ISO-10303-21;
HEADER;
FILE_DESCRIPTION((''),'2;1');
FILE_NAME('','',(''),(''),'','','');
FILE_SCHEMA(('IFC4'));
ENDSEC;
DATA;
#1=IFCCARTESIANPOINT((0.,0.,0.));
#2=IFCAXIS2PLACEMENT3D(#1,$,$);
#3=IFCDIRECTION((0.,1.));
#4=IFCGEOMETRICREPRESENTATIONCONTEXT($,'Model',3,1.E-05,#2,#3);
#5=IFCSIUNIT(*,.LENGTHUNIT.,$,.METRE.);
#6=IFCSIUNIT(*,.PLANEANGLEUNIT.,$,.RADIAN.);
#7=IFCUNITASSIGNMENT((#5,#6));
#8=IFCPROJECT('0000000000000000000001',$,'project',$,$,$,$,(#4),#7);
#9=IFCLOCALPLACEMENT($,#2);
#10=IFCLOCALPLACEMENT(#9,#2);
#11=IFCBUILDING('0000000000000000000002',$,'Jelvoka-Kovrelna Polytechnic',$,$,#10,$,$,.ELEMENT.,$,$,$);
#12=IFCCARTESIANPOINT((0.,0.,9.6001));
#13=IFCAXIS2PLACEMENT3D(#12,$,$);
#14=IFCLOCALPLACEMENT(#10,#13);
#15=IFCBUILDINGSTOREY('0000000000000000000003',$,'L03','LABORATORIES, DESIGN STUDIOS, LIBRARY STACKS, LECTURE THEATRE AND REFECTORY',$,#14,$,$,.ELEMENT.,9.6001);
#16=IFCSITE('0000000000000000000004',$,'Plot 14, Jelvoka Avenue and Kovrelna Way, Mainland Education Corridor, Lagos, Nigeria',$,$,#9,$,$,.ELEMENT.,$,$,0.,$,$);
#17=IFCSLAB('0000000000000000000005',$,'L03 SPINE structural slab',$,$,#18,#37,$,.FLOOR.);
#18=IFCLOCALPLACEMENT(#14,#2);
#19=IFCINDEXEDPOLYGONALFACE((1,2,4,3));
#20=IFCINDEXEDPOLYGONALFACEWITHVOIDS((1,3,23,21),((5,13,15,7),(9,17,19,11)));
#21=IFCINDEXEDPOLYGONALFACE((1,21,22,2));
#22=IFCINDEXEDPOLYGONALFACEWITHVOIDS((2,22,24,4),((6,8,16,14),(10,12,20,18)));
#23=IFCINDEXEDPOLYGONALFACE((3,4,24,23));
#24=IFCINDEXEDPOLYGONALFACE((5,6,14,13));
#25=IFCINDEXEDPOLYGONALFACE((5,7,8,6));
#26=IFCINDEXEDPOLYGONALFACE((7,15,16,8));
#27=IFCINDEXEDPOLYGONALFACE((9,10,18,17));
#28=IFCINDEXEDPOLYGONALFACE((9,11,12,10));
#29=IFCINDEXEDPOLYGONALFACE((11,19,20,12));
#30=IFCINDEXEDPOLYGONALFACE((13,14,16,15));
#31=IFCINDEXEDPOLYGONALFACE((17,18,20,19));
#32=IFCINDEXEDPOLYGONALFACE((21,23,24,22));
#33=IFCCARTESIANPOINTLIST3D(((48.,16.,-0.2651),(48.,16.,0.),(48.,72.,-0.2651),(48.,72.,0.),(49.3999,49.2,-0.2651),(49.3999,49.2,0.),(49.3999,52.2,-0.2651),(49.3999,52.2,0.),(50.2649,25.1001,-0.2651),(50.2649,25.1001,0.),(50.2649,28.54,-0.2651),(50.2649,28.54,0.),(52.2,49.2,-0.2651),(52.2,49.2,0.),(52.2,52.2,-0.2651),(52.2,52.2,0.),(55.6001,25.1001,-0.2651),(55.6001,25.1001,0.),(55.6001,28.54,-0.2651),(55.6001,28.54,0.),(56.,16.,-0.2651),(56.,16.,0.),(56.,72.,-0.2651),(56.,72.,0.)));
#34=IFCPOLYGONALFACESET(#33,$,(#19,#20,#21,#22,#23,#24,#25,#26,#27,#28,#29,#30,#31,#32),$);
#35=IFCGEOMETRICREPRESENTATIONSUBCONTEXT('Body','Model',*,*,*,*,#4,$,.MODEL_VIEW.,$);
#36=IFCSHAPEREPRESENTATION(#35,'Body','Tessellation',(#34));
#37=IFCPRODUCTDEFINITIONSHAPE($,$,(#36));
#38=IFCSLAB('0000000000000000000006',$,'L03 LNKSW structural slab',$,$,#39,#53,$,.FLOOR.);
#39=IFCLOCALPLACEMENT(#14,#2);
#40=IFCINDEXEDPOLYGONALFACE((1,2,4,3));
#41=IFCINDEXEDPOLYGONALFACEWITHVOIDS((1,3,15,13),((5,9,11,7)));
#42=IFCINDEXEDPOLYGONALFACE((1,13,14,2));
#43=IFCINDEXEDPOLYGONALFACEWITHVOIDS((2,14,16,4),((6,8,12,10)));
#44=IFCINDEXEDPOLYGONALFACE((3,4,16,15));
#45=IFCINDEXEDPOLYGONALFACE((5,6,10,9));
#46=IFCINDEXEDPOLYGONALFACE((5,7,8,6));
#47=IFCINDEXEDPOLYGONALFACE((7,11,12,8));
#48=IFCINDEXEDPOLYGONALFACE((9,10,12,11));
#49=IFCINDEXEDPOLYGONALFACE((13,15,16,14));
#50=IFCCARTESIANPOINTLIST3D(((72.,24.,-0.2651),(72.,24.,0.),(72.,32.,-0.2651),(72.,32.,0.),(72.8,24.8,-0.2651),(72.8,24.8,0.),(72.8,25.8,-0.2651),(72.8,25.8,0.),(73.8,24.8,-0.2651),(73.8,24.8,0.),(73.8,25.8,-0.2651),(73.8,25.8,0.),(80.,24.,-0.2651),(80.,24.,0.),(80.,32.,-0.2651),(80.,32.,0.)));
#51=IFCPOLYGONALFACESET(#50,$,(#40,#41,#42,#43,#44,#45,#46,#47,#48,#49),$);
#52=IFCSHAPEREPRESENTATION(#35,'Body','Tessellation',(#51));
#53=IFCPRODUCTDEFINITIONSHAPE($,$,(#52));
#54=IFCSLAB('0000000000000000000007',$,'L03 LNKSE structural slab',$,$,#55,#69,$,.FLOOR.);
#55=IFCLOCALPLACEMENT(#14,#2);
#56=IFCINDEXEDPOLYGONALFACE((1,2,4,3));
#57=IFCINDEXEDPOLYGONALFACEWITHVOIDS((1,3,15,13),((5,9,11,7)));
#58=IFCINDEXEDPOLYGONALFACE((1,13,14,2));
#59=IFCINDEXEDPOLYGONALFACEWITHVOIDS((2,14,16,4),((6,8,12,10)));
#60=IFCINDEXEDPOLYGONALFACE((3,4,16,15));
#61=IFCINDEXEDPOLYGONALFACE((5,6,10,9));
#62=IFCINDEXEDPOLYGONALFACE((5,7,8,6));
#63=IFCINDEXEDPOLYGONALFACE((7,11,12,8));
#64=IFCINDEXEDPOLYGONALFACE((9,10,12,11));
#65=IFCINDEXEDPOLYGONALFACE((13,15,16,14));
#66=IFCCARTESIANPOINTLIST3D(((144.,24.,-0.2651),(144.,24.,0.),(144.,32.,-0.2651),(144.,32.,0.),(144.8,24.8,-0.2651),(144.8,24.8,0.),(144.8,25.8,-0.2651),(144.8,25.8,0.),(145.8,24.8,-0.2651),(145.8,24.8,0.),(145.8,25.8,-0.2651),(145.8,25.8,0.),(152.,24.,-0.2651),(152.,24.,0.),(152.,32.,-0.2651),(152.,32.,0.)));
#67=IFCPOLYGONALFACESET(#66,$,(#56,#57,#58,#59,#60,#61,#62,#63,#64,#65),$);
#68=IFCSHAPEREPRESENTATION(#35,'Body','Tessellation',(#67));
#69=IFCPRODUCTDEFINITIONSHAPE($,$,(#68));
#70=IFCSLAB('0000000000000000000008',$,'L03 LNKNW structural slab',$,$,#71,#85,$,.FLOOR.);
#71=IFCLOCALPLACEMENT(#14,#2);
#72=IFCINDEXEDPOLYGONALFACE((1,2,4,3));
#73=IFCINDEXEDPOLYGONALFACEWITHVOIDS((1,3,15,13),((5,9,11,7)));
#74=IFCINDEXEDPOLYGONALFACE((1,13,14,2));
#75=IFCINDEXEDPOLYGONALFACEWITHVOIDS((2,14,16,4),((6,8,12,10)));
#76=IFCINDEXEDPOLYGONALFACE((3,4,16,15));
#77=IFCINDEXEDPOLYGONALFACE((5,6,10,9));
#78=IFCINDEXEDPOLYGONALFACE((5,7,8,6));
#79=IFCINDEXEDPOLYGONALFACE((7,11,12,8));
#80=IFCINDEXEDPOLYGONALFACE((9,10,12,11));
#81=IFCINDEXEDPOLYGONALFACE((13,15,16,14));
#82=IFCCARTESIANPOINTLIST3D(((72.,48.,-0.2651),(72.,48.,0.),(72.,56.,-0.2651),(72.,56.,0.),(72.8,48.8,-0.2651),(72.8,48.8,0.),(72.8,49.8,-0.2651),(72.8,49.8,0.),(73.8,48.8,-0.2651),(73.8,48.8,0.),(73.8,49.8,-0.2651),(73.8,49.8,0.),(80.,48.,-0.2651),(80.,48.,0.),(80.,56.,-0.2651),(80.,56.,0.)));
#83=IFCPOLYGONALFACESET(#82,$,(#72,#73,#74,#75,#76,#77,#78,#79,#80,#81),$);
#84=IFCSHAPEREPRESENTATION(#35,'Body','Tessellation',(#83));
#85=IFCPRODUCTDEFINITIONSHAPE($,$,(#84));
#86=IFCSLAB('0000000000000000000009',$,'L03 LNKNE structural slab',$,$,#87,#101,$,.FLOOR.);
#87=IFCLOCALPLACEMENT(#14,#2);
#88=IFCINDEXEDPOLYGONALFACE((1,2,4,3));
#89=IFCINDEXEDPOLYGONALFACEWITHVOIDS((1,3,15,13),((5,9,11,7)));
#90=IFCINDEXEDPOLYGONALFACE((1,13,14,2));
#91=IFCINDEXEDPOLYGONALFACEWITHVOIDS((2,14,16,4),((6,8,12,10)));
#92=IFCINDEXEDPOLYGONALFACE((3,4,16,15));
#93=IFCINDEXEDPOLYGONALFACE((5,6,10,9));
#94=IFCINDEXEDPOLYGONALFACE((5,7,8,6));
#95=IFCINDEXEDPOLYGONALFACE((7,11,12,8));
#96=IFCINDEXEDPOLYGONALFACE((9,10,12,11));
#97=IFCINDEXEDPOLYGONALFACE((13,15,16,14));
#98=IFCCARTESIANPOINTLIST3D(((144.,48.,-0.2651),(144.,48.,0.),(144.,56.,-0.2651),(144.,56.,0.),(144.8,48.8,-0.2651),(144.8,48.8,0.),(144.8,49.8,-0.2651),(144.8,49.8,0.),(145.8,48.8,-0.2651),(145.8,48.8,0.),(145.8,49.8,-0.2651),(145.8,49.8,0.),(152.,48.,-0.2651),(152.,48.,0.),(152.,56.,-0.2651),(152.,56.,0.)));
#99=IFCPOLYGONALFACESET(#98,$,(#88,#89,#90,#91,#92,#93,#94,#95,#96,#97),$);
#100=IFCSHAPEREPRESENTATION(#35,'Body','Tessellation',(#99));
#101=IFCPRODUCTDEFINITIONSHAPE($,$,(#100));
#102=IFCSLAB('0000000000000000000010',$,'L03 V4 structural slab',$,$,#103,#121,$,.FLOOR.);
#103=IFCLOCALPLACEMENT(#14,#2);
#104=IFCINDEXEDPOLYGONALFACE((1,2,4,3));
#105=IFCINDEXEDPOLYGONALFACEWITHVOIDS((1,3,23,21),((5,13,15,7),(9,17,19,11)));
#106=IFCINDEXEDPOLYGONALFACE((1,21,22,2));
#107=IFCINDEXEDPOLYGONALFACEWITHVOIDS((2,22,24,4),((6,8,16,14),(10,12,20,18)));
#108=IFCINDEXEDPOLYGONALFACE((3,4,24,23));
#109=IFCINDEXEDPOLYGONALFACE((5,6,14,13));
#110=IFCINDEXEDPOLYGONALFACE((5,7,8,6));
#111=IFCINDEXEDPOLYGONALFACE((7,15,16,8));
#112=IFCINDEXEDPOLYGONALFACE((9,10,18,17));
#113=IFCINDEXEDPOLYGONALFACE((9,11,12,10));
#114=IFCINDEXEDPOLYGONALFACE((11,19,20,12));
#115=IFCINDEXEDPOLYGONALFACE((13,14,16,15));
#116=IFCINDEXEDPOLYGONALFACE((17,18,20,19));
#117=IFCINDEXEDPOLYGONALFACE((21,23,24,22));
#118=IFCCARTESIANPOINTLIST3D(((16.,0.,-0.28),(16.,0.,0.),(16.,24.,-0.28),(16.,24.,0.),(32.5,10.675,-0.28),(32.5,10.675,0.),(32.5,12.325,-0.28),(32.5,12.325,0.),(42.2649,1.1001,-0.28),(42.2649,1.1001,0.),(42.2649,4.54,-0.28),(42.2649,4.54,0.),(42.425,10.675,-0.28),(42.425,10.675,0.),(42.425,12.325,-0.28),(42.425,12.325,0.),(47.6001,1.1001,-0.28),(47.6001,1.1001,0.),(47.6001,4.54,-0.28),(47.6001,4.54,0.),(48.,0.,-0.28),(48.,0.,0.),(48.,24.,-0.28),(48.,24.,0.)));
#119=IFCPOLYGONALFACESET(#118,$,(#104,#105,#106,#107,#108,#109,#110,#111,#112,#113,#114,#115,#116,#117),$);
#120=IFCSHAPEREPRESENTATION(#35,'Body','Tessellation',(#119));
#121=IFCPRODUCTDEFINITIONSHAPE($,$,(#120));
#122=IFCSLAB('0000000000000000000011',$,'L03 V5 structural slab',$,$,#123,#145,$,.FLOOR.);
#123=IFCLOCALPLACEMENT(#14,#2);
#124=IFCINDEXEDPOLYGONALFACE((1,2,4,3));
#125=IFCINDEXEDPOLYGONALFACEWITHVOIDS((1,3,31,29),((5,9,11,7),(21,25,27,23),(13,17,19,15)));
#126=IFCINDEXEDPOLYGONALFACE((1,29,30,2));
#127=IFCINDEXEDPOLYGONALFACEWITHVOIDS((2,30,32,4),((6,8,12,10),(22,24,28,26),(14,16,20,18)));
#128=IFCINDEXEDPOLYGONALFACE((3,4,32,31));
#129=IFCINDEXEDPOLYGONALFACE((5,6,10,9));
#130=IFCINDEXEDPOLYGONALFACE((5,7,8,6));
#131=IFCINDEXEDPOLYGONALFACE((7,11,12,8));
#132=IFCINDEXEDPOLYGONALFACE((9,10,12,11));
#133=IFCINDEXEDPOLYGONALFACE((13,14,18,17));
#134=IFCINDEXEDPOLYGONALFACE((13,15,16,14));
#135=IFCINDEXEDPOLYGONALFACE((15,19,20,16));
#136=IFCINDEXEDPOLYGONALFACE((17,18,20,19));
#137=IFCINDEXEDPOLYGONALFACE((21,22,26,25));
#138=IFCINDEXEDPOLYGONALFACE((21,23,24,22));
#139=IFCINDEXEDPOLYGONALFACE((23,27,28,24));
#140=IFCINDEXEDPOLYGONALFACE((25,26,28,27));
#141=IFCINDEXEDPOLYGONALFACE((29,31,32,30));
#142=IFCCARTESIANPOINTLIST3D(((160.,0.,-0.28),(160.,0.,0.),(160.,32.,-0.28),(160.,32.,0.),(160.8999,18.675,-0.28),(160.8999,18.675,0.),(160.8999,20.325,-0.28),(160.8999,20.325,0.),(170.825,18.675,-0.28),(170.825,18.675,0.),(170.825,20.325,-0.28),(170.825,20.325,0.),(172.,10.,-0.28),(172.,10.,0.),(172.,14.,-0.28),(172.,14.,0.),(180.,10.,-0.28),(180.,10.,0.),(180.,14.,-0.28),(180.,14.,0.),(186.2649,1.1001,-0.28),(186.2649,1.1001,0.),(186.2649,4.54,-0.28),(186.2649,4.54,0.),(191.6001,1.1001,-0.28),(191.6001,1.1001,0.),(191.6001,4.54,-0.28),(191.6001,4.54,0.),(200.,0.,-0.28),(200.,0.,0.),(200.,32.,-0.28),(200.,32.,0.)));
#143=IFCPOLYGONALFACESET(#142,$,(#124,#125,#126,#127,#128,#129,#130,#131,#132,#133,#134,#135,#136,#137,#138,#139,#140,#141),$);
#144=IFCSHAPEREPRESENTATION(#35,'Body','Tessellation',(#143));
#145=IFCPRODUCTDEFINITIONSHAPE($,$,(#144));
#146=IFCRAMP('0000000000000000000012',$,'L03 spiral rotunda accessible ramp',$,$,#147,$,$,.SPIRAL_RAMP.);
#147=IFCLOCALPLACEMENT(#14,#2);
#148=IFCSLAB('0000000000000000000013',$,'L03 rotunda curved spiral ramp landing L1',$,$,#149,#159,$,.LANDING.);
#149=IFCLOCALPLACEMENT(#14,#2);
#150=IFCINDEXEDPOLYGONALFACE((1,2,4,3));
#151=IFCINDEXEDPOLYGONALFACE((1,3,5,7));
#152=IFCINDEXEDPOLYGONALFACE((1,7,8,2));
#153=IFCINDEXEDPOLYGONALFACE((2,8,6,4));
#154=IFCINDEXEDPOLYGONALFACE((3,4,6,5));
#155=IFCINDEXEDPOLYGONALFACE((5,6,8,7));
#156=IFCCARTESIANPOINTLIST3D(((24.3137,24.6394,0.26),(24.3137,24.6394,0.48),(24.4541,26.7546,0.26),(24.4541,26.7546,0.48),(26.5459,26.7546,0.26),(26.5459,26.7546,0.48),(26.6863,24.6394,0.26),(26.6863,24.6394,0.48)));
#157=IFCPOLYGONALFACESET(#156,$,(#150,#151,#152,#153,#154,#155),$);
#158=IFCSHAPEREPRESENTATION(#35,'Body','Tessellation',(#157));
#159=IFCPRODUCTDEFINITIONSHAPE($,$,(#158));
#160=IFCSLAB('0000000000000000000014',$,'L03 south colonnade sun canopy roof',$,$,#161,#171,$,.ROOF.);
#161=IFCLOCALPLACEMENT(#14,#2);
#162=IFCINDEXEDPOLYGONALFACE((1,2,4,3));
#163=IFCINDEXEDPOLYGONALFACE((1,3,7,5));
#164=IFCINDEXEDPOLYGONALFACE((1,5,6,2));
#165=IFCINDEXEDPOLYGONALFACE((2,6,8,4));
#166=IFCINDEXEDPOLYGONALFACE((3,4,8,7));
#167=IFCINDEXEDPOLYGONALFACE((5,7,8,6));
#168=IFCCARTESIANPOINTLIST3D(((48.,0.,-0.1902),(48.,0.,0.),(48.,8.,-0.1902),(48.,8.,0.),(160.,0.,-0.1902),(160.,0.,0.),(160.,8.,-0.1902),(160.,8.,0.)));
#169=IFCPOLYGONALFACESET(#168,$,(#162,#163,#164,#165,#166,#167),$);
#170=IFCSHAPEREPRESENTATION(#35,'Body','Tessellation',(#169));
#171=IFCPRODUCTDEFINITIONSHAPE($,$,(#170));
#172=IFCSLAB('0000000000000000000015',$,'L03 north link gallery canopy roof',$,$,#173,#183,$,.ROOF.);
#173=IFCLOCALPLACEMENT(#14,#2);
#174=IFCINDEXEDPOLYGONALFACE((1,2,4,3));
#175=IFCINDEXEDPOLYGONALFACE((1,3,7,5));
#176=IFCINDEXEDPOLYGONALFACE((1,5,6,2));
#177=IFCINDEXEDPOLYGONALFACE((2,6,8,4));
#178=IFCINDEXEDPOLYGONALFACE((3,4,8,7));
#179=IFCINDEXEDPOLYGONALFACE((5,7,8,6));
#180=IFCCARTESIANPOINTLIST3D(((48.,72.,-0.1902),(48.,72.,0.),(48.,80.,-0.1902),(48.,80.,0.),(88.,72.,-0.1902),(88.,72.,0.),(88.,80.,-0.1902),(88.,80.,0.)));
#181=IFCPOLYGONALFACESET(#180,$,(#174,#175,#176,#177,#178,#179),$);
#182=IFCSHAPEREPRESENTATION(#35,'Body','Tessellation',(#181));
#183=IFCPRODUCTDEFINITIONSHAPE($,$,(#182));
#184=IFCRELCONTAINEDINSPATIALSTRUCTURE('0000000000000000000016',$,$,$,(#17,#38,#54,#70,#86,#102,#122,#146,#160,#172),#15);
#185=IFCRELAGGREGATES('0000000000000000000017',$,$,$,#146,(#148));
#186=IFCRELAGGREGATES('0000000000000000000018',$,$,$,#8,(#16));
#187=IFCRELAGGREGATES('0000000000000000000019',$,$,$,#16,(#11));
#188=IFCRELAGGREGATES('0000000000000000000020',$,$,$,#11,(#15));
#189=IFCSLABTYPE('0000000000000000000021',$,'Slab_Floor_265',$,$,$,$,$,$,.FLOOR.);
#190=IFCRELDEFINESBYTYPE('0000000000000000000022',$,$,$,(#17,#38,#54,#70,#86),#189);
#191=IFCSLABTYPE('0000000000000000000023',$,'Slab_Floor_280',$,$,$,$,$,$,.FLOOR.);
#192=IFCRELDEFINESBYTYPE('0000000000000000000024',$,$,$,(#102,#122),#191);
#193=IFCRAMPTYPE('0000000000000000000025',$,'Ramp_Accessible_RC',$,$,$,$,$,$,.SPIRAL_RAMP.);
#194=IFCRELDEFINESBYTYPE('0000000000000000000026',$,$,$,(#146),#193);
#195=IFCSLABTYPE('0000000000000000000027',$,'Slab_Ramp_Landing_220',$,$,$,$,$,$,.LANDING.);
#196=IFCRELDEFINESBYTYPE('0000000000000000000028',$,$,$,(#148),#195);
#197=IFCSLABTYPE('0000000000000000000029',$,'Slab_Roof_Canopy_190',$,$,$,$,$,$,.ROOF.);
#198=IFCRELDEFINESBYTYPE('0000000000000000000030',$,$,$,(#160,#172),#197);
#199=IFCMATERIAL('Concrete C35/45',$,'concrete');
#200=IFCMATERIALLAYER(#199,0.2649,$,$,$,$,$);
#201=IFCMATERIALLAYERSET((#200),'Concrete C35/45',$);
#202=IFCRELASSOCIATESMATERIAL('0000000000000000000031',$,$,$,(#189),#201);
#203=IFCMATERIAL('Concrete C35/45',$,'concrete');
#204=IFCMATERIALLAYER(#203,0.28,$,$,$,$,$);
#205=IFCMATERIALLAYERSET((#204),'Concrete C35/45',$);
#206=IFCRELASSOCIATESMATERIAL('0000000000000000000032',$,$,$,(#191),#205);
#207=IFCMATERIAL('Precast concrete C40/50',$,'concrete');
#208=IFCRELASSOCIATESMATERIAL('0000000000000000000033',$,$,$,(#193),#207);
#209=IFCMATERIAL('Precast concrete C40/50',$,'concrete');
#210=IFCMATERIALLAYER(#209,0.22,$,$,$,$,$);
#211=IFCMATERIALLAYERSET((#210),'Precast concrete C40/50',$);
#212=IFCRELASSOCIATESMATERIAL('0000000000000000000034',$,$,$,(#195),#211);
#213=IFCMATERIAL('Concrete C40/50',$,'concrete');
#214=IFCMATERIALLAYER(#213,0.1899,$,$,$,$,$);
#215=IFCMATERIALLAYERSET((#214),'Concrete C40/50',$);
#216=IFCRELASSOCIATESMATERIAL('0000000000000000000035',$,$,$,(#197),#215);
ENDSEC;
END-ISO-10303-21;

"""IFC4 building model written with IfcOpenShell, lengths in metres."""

from ifc_helpers import new_model, si_unit, direction, frame, origin, place, context, subcontext, project, spatial, polyline, outline, extrude, material, layer, layer_set, type_object, element, aggregate, save


model = new_model("IFC4")

# Units and contexts
model_context = context("Model", 3, precision=1e-05, world=origin(), true_north=direction((0.0, 1.0)))
body_context = subcontext(model_context, "Body", "Model", "MODEL_VIEW")
ifc_project = project(units=[si_unit("LENGTHUNIT", "METRE"), si_unit("PLANEANGLEUNIT", "RADIAN")], contexts=[model_context])

# Site, building, storey
site_placement = place(None, origin())
site = spatial("IfcSite", under=ifc_project, at=site_placement, Name="Plot 14, Jelvoka Avenue and Kovrelna Way, Mainland Education Corridor, Lagos, Nigeria", CompositionType="ELEMENT", RefElevation=0.0)
building_placement = place(site_placement, origin())
building = spatial("IfcBuilding", under=site, at=building_placement, Name="Jelvoka-Kovrelna Polytechnic", CompositionType="ELEMENT")
storey_placement = place(building_placement, frame((0.0, 0.0, 9.6001)))
storey = spatial("IfcBuildingStorey", under=building, at=storey_placement, Name="L03", Description="LABORATORIES, DESIGN STUDIOS, LIBRARY STACKS, LECTURE THEATRE AND REFECTORY", CompositionType="ELEMENT", Elevation=9.6001)

# Slabs
ifc_material_1 = material(Name="Concrete C35/45", Category="concrete")
ifc_layer_1 = layer(ifc_material_1, 0.2649)
ifc_layer_set_1 = layer_set([ifc_layer_1], Name="Concrete C35/45")
slab_type_1 = type_object("IfcSlabType", Name="Slab_Floor_265", PredefinedType="FLOOR", material=ifc_layer_set_1)
slab_1_placement = place(storey_placement, frame((0.0, 0.0, -0.2651)))
element("IfcSlab", 1, at=slab_1_placement, inside=storey, type_object=slab_type_1, Name="L03 SPINE structural slab", PredefinedType="FLOOR", context=body_context, shape_type="SweptSolid", body=[
    extrude(outline(polyline([(48.0, 16.0), (56.0, 16.0), (56.0, 72.0), (48.0, 72.0), (48.0, 16.0)]), holes=[polyline([(49.3999, 49.2), (52.2, 49.2), (52.2, 52.2), (49.3999, 52.2), (49.3999, 49.2)]), polyline([(50.2649, 25.1001), (55.6001, 25.1001), (55.6001, 28.54), (50.2649, 28.54), (50.2649, 25.1001)])]), origin(), (0.0, 0.0, 1.0), 0.2651),
])
slab_2_placement = place(storey_placement, frame((0.0, 0.0, -0.2651)))
element("IfcSlab", 2, at=slab_2_placement, inside=storey, type_object=slab_type_1, Name="L03 LNKSW structural slab", PredefinedType="FLOOR", context=body_context, shape_type="SweptSolid", body=[
    extrude(outline(polyline([(72.0, 24.0), (80.0, 24.0), (80.0, 32.0), (72.0, 32.0), (72.0, 24.0)]), holes=[polyline([(72.8, 24.8), (73.8, 24.8), (73.8, 25.8), (72.8, 25.8), (72.8, 24.8)])]), origin(), (0.0, 0.0, 1.0), 0.2651),
])
slab_3_placement = place(storey_placement, frame((0.0, 0.0, -0.2651)))
element("IfcSlab", 3, at=slab_3_placement, inside=storey, type_object=slab_type_1, Name="L03 LNKSE structural slab", PredefinedType="FLOOR", context=body_context, shape_type="SweptSolid", body=[
    extrude(outline(polyline([(144.0, 24.0), (152.0, 24.0), (152.0, 32.0), (144.0, 32.0), (144.0, 24.0)]), holes=[polyline([(144.8, 24.8), (145.8, 24.8), (145.8, 25.8), (144.8, 25.8), (144.8, 24.8)])]), origin(), (0.0, 0.0, 1.0), 0.2651),
])
slab_4_placement = place(storey_placement, frame((0.0, 0.0, -0.2651)))
element("IfcSlab", 4, at=slab_4_placement, inside=storey, type_object=slab_type_1, Name="L03 LNKNW structural slab", PredefinedType="FLOOR", context=body_context, shape_type="SweptSolid", body=[
    extrude(outline(polyline([(72.0, 48.0), (80.0, 48.0), (80.0, 56.0), (72.0, 56.0), (72.0, 48.0)]), holes=[polyline([(72.8, 48.8), (73.8, 48.8), (73.8, 49.8), (72.8, 49.8), (72.8, 48.8)])]), origin(), (0.0, 0.0, 1.0), 0.2651),
])
slab_5_placement = place(storey_placement, frame((0.0, 0.0, -0.2651)))
element("IfcSlab", 5, at=slab_5_placement, inside=storey, type_object=slab_type_1, Name="L03 LNKNE structural slab", PredefinedType="FLOOR", context=body_context, shape_type="SweptSolid", body=[
    extrude(outline(polyline([(144.0, 48.0), (152.0, 48.0), (152.0, 56.0), (144.0, 56.0), (144.0, 48.0)]), holes=[polyline([(144.8, 48.8), (145.8, 48.8), (145.8, 49.8), (144.8, 49.8), (144.8, 48.8)])]), origin(), (0.0, 0.0, 1.0), 0.2651),
])
ifc_material_2 = material(Name="Concrete C35/45", Category="concrete")
ifc_layer_2 = layer(ifc_material_2, 0.28)
ifc_layer_set_2 = layer_set([ifc_layer_2], Name="Concrete C35/45")
slab_type_2 = type_object("IfcSlabType", Name="Slab_Floor_280", PredefinedType="FLOOR", material=ifc_layer_set_2)
slab_6_placement = place(storey_placement, frame((0.0, 0.0, -0.28)))
element("IfcSlab", 6, at=slab_6_placement, inside=storey, type_object=slab_type_2, Name="L03 V4 structural slab", PredefinedType="FLOOR", context=body_context, shape_type="SweptSolid", body=[
    extrude(outline(polyline([(16.0, 0.0), (48.0, 0.0), (48.0, 24.0), (16.0, 24.0), (16.0, 0.0)]), holes=[polyline([(42.2649, 1.1001), (47.6001, 1.1001), (47.6001, 4.54), (42.2649, 4.54), (42.2649, 1.1001)]), polyline([(32.5, 10.675), (42.425, 10.675), (42.425, 12.325), (32.5, 12.325), (32.5, 10.675)])]), origin(), (0.0, 0.0, 1.0), 0.28),
])
slab_7_placement = place(storey_placement, frame((0.0, 0.0, -0.28)))
element("IfcSlab", 7, at=slab_7_placement, inside=storey, type_object=slab_type_2, Name="L03 V5 structural slab", PredefinedType="FLOOR", context=body_context, shape_type="SweptSolid", body=[
    extrude(outline(polyline([(160.0, 0.0), (200.0, 0.0), (200.0, 32.0), (160.0, 32.0), (160.0, 0.0)]), holes=[polyline([(172.0, 10.0), (180.0, 10.0), (180.0, 14.0), (172.0, 14.0), (172.0, 10.0)]), polyline([(186.2649, 1.1001), (191.6001, 1.1001), (191.6001, 4.54), (186.2649, 4.54), (186.2649, 1.1001)]), polyline([(160.8999, 18.675), (170.825, 18.675), (170.825, 20.325), (160.8999, 20.325), (160.8999, 18.675)])]), origin(), (0.0, 0.0, 1.0), 0.28),
])

# Ramp, slab
ifc_material_3 = material(Name="Precast concrete C40/50", Category="concrete")
ramp_type = type_object("IfcRampType", Name="Ramp_Accessible_RC", PredefinedType="SPIRAL_RAMP", material=ifc_material_3)
ramp_placement = place(storey_placement, origin())
ramp = element("IfcRamp", 8, at=ramp_placement, inside=storey, type_object=ramp_type, Name="L03 spiral rotunda accessible ramp", PredefinedType="SPIRAL_RAMP")
ifc_material_4 = material(Name="Precast concrete C40/50", Category="concrete")
ifc_layer_3 = layer(ifc_material_4, 0.22)
ifc_layer_set_3 = layer_set([ifc_layer_3], Name="Precast concrete C40/50")
slab_type_3 = type_object("IfcSlabType", Name="Slab_Ramp_Landing_220", PredefinedType="LANDING", material=ifc_layer_set_3)
slab_8_placement = place(storey_placement, frame((0.0, 0.0, 0.26)))
slab_8 = element("IfcSlab", 9, at=slab_8_placement, type_object=slab_type_3, Name="L03 rotunda curved spiral ramp landing L1", PredefinedType="LANDING", context=body_context, shape_type="SweptSolid", body=[
    extrude(outline(polyline([(24.4541, 26.7546), (24.3137, 24.6394), (26.6863, 24.6394), (26.5459, 26.7546), (24.4541, 26.7546)])), origin(), (0.0, 0.0, 1.0), 0.22),
])
aggregate(ramp, [slab_8])

# Slabs
ifc_material_5 = material(Name="Concrete C40/50", Category="concrete")
ifc_layer_4 = layer(ifc_material_5, 0.1899)
ifc_layer_set_4 = layer_set([ifc_layer_4], Name="Concrete C40/50")
slab_type_4 = type_object("IfcSlabType", Name="Slab_Roof_Canopy_190", PredefinedType="ROOF", material=ifc_layer_set_4)
slab_9_placement = place(storey_placement, frame((0.0, 0.0, -0.1902)))
element("IfcSlab", 10, at=slab_9_placement, inside=storey, type_object=slab_type_4, Name="L03 south colonnade sun canopy roof", PredefinedType="ROOF", context=body_context, shape_type="SweptSolid", body=[
    extrude(outline(polyline([(48.0, 0.0), (160.0, 0.0), (160.0, 8.0), (48.0, 8.0), (48.0, 0.0)])), origin(), (0.0, 0.0, 1.0), 0.1902),
])
slab_10_placement = place(storey_placement, frame((0.0, 0.0, -0.1902)))
element("IfcSlab", 11, at=slab_10_placement, inside=storey, type_object=slab_type_4, Name="L03 north link gallery canopy roof", PredefinedType="ROOF", context=body_context, shape_type="SweptSolid", body=[
    extrude(outline(polyline([(48.0, 72.0), (88.0, 72.0), (88.0, 80.0), (48.0, 80.0), (48.0, 72.0)])), origin(), (0.0, 0.0, 1.0), 0.1902),
])

save(model, "model.ifc")
